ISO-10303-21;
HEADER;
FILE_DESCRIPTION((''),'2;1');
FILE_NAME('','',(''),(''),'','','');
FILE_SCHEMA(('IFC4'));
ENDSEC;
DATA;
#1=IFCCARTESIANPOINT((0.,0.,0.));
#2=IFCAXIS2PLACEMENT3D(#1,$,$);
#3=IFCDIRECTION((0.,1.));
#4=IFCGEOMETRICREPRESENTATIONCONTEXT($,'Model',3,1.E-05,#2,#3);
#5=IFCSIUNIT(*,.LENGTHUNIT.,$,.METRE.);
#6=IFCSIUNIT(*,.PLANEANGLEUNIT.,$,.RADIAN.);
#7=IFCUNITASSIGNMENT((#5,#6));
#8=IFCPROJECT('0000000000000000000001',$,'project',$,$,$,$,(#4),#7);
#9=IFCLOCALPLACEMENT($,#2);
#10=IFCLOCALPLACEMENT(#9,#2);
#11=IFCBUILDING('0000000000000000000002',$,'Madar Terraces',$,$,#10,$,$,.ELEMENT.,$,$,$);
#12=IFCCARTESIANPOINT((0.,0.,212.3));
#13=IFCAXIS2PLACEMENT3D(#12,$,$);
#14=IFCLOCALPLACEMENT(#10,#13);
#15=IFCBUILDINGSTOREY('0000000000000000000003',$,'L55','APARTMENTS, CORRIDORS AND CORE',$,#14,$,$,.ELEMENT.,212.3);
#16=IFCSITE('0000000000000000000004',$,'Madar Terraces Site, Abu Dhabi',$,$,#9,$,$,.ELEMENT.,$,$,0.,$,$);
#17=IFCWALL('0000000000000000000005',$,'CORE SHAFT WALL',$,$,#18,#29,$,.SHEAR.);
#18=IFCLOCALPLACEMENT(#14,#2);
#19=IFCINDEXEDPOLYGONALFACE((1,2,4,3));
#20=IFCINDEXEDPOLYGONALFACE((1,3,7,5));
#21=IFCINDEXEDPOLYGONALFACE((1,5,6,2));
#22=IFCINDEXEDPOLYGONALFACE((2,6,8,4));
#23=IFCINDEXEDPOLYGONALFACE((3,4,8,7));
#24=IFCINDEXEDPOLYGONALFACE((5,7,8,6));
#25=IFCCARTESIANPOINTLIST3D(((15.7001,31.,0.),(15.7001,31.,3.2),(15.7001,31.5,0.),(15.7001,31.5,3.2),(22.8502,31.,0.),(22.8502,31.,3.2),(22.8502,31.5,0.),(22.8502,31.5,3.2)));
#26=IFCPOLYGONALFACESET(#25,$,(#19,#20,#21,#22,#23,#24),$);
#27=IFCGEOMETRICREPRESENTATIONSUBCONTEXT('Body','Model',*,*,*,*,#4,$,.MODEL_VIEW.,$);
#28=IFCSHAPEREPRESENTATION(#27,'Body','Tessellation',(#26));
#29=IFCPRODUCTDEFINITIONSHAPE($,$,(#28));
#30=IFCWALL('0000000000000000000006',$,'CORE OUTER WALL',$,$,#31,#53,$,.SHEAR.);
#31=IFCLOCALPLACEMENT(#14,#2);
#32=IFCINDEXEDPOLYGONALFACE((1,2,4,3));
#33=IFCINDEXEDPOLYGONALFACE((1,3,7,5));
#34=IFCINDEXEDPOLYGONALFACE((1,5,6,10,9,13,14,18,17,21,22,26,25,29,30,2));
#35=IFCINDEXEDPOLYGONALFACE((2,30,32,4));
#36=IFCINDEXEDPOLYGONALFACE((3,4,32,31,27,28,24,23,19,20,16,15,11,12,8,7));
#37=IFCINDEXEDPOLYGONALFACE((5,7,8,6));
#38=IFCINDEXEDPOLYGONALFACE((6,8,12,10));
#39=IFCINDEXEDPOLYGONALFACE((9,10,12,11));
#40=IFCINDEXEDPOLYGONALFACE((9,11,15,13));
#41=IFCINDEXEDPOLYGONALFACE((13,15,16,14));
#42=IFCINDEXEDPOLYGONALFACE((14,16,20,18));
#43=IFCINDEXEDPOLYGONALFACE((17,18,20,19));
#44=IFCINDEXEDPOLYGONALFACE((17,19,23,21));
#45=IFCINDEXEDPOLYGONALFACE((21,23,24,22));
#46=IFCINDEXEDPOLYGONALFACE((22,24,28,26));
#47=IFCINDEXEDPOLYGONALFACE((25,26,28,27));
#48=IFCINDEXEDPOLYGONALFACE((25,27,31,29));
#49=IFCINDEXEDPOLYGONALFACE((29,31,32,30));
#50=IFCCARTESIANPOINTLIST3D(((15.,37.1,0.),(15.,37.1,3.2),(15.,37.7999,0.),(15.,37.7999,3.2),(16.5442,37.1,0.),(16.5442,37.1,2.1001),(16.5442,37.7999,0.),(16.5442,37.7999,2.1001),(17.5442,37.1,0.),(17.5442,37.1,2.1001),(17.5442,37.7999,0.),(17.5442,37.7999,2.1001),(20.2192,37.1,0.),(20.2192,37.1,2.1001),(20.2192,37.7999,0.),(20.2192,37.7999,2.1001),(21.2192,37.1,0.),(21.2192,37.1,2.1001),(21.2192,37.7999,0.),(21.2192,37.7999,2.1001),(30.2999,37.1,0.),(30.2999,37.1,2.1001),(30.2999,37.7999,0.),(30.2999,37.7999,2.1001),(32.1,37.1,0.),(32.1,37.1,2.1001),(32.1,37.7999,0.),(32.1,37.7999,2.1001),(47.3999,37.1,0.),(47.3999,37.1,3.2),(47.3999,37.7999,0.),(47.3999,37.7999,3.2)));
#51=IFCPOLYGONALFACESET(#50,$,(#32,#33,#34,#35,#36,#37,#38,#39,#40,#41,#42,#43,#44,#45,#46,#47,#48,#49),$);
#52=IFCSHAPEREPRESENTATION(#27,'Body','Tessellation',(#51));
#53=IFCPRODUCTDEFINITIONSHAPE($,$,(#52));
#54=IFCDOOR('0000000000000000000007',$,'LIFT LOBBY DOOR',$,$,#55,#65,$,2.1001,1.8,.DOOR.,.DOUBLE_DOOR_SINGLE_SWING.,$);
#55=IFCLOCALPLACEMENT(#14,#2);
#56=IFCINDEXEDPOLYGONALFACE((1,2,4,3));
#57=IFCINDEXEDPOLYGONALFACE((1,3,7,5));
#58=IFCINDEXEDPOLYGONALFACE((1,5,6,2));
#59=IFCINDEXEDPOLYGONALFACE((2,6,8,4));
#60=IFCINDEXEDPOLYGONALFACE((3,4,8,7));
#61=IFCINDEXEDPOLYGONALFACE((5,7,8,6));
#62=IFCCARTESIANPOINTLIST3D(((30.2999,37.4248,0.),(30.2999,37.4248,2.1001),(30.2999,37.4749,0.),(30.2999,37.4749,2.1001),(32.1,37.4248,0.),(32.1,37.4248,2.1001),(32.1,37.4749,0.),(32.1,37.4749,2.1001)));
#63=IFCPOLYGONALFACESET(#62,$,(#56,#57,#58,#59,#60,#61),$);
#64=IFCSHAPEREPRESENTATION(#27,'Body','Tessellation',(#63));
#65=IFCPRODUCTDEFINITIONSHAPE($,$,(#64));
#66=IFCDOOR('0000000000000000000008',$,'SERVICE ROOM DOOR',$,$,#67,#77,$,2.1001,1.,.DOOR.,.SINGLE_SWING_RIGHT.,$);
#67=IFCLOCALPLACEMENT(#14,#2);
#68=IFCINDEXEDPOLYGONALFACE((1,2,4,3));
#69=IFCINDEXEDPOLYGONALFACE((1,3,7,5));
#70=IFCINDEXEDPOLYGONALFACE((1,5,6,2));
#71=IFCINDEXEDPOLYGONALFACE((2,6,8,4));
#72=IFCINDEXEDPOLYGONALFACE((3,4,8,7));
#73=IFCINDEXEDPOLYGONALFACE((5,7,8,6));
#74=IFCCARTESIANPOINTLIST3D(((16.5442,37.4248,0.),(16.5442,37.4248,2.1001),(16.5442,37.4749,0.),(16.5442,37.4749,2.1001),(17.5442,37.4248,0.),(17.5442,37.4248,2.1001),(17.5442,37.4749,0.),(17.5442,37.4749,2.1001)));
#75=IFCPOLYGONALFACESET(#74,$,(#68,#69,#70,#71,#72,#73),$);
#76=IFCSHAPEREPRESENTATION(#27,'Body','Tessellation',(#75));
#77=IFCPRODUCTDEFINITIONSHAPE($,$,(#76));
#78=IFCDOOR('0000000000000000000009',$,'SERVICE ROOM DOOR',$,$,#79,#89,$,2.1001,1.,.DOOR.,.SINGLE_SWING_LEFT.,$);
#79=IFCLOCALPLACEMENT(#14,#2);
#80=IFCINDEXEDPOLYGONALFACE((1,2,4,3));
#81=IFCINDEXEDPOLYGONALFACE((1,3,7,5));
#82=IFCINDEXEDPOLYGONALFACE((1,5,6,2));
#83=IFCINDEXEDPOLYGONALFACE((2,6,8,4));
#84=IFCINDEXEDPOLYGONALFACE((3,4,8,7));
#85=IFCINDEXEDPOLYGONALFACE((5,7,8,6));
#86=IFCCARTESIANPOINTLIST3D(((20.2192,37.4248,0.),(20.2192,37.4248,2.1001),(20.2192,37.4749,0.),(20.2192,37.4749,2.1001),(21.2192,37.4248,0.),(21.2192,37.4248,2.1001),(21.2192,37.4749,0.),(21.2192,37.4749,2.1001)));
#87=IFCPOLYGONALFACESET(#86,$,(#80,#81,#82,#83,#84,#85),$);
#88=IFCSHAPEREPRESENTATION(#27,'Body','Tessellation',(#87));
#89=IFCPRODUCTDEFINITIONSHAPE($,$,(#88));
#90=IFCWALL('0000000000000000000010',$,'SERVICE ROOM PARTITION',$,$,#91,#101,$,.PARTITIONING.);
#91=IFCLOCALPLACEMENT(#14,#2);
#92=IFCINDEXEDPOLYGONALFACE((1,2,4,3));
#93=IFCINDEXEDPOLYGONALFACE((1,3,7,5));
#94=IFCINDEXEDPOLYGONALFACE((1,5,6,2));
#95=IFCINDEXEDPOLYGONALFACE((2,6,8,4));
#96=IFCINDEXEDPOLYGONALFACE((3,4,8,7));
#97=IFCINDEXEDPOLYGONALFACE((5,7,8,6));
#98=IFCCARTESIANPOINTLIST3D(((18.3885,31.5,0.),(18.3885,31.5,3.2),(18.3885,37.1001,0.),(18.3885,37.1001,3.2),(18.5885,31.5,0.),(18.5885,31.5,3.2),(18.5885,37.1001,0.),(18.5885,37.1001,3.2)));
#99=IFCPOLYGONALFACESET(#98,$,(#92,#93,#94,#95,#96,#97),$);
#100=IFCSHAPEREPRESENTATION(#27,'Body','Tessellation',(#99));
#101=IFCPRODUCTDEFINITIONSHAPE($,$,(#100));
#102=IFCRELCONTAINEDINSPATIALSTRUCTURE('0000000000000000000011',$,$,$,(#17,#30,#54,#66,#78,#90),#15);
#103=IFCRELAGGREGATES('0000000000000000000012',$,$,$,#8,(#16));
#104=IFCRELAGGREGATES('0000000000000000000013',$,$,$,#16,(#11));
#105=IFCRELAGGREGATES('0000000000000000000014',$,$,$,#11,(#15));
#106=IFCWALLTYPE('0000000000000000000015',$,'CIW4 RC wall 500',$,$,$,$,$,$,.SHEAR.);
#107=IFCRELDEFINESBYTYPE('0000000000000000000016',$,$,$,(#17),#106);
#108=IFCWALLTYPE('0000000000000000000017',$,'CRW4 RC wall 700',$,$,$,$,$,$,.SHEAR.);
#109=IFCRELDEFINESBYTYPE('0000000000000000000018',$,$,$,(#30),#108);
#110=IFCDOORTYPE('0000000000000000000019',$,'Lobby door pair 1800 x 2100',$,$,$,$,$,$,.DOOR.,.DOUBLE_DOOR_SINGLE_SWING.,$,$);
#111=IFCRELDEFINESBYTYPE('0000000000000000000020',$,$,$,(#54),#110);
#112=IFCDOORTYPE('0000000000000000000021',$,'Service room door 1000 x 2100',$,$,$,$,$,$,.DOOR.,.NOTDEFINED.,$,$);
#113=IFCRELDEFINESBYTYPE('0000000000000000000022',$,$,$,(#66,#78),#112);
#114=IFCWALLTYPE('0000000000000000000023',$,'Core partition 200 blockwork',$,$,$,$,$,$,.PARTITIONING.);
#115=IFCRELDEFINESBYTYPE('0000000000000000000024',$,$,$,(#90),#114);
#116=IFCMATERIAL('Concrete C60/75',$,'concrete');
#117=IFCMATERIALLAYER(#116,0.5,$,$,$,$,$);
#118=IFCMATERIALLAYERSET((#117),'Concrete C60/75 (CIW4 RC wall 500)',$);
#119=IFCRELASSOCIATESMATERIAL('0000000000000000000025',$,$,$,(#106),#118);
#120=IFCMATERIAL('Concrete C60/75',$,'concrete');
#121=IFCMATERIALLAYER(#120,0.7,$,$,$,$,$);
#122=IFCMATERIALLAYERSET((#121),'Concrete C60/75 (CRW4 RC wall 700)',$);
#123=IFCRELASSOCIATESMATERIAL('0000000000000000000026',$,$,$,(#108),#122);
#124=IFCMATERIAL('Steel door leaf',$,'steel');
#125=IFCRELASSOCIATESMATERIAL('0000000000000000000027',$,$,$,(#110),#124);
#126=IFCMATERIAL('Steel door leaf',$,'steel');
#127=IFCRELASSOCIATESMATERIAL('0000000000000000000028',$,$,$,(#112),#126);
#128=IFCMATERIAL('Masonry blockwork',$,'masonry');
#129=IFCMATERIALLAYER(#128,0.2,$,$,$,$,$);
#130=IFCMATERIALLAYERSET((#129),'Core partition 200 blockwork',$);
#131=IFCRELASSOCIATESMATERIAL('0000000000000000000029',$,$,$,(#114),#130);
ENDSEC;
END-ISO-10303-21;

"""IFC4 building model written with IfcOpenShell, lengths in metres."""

from ifc_helpers import new_model, si_unit, direction, frame, frame_2d, origin, place, context, subcontext, project, spatial, rectangle, extrude, material, layer, layer_set, type_object, element, fill, save


model = new_model("IFC4")

# Units and contexts
model_context = context("Model", 3, precision=1e-05, world=origin(), true_north=direction((0.0, 1.0)))
body_context = subcontext(model_context, "Body", "Model", "MODEL_VIEW")
ifc_project = project(units=[si_unit("LENGTHUNIT", "METRE"), si_unit("PLANEANGLEUNIT", "RADIAN")], contexts=[model_context])

# Site, building, storey
site_placement = place(None, origin())
site = spatial("IfcSite", under=ifc_project, at=site_placement, Name="Madar Terraces Site, Abu Dhabi", CompositionType="ELEMENT", RefElevation=0.0)
building_placement = place(site_placement, origin())
building = spatial("IfcBuilding", under=site, at=building_placement, Name="Madar Terraces", CompositionType="ELEMENT")
storey_placement = place(building_placement, frame((0.0, 0.0, 212.3)))
storey = spatial("IfcBuildingStorey", under=building, at=storey_placement, Name="L55", Description="APARTMENTS, CORRIDORS AND CORE", CompositionType="ELEMENT", Elevation=212.3)

# Wall
ifc_material_1 = material(Name="Concrete C60/75", Category="concrete")
ifc_layer_1 = layer(ifc_material_1, 0.5)
ifc_layer_set_1 = layer_set([ifc_layer_1], Name="Concrete C60/75 (CIW4 RC wall 500)")
wall_type_1 = type_object("IfcWallType", Name="CIW4 RC wall 500", PredefinedType="SHEAR", material=ifc_layer_set_1)
wall_1_placement = place(storey_placement, frame((15.7, 31.25, 0.0), z_axis=(0.0, 0.0, 1.0), x_axis=(1.0, 0.0, 0.0)))
element("IfcWall", 1, at=wall_1_placement, inside=storey, type_object=wall_type_1, Name="CORE SHAFT WALL", PredefinedType="SHEAR", context=body_context, shape_type="SweptSolid", body=[
    extrude(rectangle(XDim=7.1501, YDim=0.5, at=frame_2d((3.5752, 0.0))), origin(), (0.0, 0.0, 1.0), 3.2),
])

# Wall, openings, doors
ifc_material_2 = material(Name="Concrete C60/75", Category="concrete")
ifc_layer_2 = layer(ifc_material_2, 0.7)
ifc_layer_set_2 = layer_set([ifc_layer_2], Name="Concrete C60/75 (CRW4 RC wall 700)")
wall_type_2 = type_object("IfcWallType", Name="CRW4 RC wall 700", PredefinedType="SHEAR", material=ifc_layer_set_2)
wall_2_placement = place(storey_placement, frame((15.0, 37.45, 0.0), z_axis=(0.0, 0.0, 1.0), x_axis=(1.0, 0.0, 0.0)))
wall_2 = element("IfcWall", 2, at=wall_2_placement, inside=storey, type_object=wall_type_2, Name="CORE OUTER WALL", PredefinedType="SHEAR", context=body_context, shape_type="SweptSolid", body=[
    extrude(rectangle(XDim=32.3999, YDim=0.7, at=frame_2d((16.2, 0.0))), origin(), (0.0, 0.0, 1.0), 3.2),
])
opening_1_placement = place(wall_2_placement, frame((15.3, 0.0, 0.0)))
opening_1 = element("IfcOpeningElement", 3, at=opening_1_placement, cuts=wall_2, PredefinedType="OPENING", context=body_context, shape_type="SweptSolid", body=[
    extrude(rectangle(XDim=1.8, YDim=2.1001, at=frame_2d((0.8999, 1.05))), frame((0.0, 0.3599, 0.0), z_axis=(0.0, -1.0, 0.0), x_axis=(1.0, 0.0, 0.0)), (0.0, 0.0, 1.0), 0.72),
])
opening_2_placement = place(wall_2_placement, frame((1.5442, 0.0, 0.0)))
opening_2 = element("IfcOpeningElement", 4, at=opening_2_placement, cuts=wall_2, PredefinedType="OPENING", context=body_context, shape_type="SweptSolid", body=[
    extrude(rectangle(XDim=1.0, YDim=2.1001, at=frame_2d((0.5, 1.05))), frame((0.0, 0.3599, 0.0), z_axis=(0.0, -1.0, 0.0), x_axis=(1.0, 0.0, 0.0)), (0.0, 0.0, 1.0), 0.72),
])
opening_3_placement = place(wall_2_placement, frame((5.2192, 0.0, 0.0)))
opening_3 = element("IfcOpeningElement", 5, at=opening_3_placement, cuts=wall_2, PredefinedType="OPENING", context=body_context, shape_type="SweptSolid", body=[
    extrude(rectangle(XDim=1.0, YDim=2.1001, at=frame_2d((0.5, 1.05))), frame((0.0, 0.3599, 0.0), z_axis=(0.0, -1.0, 0.0), x_axis=(1.0, 0.0, 0.0)), (0.0, 0.0, 1.0), 0.72),
])
ifc_material_3 = material(Name="Steel door leaf", Category="steel")
door_type_1 = type_object("IfcDoorType", Name="Lobby door pair 1800 x 2100", OperationType="DOUBLE_DOOR_SINGLE_SWING", PredefinedType="DOOR", material=ifc_material_3)
door_1_placement = place(opening_1_placement, origin())
door_1 = element("IfcDoor", 6, at=door_1_placement, inside=storey, type_object=door_type_1, Name="LIFT LOBBY DOOR", OperationType="DOUBLE_DOOR_SINGLE_SWING", OverallHeight=2.1001, OverallWidth=1.8, PredefinedType="DOOR", context=body_context, shape_type="SweptSolid", body=[
    extrude(rectangle(XDim=1.8, YDim=2.1001, at=frame_2d((0.8999, 1.05))), frame((0.0, 0.0249, 0.0), z_axis=(0.0, -1.0, 0.0), x_axis=(1.0, 0.0, 0.0)), (0.0, 0.0, 1.0), 0.05),
])
fill(opening_1, door_1)
ifc_material_4 = material(Name="Steel door leaf", Category="steel")
door_type_2 = type_object("IfcDoorType", Name="Service room door 1000 x 2100", OperationType="NOTDEFINED", PredefinedType="DOOR", material=ifc_material_4)
door_2_placement = place(opening_2_placement, origin())
door_2 = element("IfcDoor", 7, at=door_2_placement, inside=storey, type_object=door_type_2, Name="SERVICE ROOM DOOR", OperationType="SINGLE_SWING_RIGHT", OverallHeight=2.1001, OverallWidth=1.0, PredefinedType="DOOR", context=body_context, shape_type="SweptSolid", body=[
    extrude(rectangle(XDim=1.0, YDim=2.1001, at=frame_2d((0.5, 1.05))), frame((0.0, 0.0249, 0.0), z_axis=(0.0, -1.0, 0.0), x_axis=(1.0, 0.0, 0.0)), (0.0, 0.0, 1.0), 0.05),
])
fill(opening_2, door_2)
door_3_placement = place(opening_3_placement, origin())
door_3 = element("IfcDoor", 8, at=door_3_placement, inside=storey, type_object=door_type_2, Name="SERVICE ROOM DOOR", OperationType="SINGLE_SWING_LEFT", OverallHeight=2.1001, OverallWidth=1.0, PredefinedType="DOOR", context=body_context, shape_type="SweptSolid", body=[
    extrude(rectangle(XDim=1.0, YDim=2.1001, at=frame_2d((0.5, 1.05))), frame((0.0, 0.0249, 0.0), z_axis=(0.0, -1.0, 0.0), x_axis=(1.0, 0.0, 0.0)), (0.0, 0.0, 1.0), 0.05),
])
fill(opening_3, door_3)

# Wall
ifc_material_5 = material(Name="Masonry blockwork", Category="masonry")
ifc_layer_3 = layer(ifc_material_5, 0.2)
ifc_layer_set_3 = layer_set([ifc_layer_3], Name="Core partition 200 blockwork")
wall_type_3 = type_object("IfcWallType", Name="Core partition 200 blockwork", PredefinedType="PARTITIONING", material=ifc_layer_set_3)
wall_3_placement = place(storey_placement, frame((18.4885, 31.5, 0.0), z_axis=(0.0, 0.0, 1.0), x_axis=(0.0, 1.0, 0.0)))
element("IfcWall", 9, at=wall_3_placement, inside=storey, type_object=wall_type_3, Name="SERVICE ROOM PARTITION", PredefinedType="PARTITIONING", context=body_context, shape_type="SweptSolid", body=[
    extrude(rectangle(XDim=5.6001, YDim=0.2, at=frame_2d((2.8, 0.0))), origin(), (0.0, 0.0, 1.0), 3.2),
])

save(model, "model.ifc")
